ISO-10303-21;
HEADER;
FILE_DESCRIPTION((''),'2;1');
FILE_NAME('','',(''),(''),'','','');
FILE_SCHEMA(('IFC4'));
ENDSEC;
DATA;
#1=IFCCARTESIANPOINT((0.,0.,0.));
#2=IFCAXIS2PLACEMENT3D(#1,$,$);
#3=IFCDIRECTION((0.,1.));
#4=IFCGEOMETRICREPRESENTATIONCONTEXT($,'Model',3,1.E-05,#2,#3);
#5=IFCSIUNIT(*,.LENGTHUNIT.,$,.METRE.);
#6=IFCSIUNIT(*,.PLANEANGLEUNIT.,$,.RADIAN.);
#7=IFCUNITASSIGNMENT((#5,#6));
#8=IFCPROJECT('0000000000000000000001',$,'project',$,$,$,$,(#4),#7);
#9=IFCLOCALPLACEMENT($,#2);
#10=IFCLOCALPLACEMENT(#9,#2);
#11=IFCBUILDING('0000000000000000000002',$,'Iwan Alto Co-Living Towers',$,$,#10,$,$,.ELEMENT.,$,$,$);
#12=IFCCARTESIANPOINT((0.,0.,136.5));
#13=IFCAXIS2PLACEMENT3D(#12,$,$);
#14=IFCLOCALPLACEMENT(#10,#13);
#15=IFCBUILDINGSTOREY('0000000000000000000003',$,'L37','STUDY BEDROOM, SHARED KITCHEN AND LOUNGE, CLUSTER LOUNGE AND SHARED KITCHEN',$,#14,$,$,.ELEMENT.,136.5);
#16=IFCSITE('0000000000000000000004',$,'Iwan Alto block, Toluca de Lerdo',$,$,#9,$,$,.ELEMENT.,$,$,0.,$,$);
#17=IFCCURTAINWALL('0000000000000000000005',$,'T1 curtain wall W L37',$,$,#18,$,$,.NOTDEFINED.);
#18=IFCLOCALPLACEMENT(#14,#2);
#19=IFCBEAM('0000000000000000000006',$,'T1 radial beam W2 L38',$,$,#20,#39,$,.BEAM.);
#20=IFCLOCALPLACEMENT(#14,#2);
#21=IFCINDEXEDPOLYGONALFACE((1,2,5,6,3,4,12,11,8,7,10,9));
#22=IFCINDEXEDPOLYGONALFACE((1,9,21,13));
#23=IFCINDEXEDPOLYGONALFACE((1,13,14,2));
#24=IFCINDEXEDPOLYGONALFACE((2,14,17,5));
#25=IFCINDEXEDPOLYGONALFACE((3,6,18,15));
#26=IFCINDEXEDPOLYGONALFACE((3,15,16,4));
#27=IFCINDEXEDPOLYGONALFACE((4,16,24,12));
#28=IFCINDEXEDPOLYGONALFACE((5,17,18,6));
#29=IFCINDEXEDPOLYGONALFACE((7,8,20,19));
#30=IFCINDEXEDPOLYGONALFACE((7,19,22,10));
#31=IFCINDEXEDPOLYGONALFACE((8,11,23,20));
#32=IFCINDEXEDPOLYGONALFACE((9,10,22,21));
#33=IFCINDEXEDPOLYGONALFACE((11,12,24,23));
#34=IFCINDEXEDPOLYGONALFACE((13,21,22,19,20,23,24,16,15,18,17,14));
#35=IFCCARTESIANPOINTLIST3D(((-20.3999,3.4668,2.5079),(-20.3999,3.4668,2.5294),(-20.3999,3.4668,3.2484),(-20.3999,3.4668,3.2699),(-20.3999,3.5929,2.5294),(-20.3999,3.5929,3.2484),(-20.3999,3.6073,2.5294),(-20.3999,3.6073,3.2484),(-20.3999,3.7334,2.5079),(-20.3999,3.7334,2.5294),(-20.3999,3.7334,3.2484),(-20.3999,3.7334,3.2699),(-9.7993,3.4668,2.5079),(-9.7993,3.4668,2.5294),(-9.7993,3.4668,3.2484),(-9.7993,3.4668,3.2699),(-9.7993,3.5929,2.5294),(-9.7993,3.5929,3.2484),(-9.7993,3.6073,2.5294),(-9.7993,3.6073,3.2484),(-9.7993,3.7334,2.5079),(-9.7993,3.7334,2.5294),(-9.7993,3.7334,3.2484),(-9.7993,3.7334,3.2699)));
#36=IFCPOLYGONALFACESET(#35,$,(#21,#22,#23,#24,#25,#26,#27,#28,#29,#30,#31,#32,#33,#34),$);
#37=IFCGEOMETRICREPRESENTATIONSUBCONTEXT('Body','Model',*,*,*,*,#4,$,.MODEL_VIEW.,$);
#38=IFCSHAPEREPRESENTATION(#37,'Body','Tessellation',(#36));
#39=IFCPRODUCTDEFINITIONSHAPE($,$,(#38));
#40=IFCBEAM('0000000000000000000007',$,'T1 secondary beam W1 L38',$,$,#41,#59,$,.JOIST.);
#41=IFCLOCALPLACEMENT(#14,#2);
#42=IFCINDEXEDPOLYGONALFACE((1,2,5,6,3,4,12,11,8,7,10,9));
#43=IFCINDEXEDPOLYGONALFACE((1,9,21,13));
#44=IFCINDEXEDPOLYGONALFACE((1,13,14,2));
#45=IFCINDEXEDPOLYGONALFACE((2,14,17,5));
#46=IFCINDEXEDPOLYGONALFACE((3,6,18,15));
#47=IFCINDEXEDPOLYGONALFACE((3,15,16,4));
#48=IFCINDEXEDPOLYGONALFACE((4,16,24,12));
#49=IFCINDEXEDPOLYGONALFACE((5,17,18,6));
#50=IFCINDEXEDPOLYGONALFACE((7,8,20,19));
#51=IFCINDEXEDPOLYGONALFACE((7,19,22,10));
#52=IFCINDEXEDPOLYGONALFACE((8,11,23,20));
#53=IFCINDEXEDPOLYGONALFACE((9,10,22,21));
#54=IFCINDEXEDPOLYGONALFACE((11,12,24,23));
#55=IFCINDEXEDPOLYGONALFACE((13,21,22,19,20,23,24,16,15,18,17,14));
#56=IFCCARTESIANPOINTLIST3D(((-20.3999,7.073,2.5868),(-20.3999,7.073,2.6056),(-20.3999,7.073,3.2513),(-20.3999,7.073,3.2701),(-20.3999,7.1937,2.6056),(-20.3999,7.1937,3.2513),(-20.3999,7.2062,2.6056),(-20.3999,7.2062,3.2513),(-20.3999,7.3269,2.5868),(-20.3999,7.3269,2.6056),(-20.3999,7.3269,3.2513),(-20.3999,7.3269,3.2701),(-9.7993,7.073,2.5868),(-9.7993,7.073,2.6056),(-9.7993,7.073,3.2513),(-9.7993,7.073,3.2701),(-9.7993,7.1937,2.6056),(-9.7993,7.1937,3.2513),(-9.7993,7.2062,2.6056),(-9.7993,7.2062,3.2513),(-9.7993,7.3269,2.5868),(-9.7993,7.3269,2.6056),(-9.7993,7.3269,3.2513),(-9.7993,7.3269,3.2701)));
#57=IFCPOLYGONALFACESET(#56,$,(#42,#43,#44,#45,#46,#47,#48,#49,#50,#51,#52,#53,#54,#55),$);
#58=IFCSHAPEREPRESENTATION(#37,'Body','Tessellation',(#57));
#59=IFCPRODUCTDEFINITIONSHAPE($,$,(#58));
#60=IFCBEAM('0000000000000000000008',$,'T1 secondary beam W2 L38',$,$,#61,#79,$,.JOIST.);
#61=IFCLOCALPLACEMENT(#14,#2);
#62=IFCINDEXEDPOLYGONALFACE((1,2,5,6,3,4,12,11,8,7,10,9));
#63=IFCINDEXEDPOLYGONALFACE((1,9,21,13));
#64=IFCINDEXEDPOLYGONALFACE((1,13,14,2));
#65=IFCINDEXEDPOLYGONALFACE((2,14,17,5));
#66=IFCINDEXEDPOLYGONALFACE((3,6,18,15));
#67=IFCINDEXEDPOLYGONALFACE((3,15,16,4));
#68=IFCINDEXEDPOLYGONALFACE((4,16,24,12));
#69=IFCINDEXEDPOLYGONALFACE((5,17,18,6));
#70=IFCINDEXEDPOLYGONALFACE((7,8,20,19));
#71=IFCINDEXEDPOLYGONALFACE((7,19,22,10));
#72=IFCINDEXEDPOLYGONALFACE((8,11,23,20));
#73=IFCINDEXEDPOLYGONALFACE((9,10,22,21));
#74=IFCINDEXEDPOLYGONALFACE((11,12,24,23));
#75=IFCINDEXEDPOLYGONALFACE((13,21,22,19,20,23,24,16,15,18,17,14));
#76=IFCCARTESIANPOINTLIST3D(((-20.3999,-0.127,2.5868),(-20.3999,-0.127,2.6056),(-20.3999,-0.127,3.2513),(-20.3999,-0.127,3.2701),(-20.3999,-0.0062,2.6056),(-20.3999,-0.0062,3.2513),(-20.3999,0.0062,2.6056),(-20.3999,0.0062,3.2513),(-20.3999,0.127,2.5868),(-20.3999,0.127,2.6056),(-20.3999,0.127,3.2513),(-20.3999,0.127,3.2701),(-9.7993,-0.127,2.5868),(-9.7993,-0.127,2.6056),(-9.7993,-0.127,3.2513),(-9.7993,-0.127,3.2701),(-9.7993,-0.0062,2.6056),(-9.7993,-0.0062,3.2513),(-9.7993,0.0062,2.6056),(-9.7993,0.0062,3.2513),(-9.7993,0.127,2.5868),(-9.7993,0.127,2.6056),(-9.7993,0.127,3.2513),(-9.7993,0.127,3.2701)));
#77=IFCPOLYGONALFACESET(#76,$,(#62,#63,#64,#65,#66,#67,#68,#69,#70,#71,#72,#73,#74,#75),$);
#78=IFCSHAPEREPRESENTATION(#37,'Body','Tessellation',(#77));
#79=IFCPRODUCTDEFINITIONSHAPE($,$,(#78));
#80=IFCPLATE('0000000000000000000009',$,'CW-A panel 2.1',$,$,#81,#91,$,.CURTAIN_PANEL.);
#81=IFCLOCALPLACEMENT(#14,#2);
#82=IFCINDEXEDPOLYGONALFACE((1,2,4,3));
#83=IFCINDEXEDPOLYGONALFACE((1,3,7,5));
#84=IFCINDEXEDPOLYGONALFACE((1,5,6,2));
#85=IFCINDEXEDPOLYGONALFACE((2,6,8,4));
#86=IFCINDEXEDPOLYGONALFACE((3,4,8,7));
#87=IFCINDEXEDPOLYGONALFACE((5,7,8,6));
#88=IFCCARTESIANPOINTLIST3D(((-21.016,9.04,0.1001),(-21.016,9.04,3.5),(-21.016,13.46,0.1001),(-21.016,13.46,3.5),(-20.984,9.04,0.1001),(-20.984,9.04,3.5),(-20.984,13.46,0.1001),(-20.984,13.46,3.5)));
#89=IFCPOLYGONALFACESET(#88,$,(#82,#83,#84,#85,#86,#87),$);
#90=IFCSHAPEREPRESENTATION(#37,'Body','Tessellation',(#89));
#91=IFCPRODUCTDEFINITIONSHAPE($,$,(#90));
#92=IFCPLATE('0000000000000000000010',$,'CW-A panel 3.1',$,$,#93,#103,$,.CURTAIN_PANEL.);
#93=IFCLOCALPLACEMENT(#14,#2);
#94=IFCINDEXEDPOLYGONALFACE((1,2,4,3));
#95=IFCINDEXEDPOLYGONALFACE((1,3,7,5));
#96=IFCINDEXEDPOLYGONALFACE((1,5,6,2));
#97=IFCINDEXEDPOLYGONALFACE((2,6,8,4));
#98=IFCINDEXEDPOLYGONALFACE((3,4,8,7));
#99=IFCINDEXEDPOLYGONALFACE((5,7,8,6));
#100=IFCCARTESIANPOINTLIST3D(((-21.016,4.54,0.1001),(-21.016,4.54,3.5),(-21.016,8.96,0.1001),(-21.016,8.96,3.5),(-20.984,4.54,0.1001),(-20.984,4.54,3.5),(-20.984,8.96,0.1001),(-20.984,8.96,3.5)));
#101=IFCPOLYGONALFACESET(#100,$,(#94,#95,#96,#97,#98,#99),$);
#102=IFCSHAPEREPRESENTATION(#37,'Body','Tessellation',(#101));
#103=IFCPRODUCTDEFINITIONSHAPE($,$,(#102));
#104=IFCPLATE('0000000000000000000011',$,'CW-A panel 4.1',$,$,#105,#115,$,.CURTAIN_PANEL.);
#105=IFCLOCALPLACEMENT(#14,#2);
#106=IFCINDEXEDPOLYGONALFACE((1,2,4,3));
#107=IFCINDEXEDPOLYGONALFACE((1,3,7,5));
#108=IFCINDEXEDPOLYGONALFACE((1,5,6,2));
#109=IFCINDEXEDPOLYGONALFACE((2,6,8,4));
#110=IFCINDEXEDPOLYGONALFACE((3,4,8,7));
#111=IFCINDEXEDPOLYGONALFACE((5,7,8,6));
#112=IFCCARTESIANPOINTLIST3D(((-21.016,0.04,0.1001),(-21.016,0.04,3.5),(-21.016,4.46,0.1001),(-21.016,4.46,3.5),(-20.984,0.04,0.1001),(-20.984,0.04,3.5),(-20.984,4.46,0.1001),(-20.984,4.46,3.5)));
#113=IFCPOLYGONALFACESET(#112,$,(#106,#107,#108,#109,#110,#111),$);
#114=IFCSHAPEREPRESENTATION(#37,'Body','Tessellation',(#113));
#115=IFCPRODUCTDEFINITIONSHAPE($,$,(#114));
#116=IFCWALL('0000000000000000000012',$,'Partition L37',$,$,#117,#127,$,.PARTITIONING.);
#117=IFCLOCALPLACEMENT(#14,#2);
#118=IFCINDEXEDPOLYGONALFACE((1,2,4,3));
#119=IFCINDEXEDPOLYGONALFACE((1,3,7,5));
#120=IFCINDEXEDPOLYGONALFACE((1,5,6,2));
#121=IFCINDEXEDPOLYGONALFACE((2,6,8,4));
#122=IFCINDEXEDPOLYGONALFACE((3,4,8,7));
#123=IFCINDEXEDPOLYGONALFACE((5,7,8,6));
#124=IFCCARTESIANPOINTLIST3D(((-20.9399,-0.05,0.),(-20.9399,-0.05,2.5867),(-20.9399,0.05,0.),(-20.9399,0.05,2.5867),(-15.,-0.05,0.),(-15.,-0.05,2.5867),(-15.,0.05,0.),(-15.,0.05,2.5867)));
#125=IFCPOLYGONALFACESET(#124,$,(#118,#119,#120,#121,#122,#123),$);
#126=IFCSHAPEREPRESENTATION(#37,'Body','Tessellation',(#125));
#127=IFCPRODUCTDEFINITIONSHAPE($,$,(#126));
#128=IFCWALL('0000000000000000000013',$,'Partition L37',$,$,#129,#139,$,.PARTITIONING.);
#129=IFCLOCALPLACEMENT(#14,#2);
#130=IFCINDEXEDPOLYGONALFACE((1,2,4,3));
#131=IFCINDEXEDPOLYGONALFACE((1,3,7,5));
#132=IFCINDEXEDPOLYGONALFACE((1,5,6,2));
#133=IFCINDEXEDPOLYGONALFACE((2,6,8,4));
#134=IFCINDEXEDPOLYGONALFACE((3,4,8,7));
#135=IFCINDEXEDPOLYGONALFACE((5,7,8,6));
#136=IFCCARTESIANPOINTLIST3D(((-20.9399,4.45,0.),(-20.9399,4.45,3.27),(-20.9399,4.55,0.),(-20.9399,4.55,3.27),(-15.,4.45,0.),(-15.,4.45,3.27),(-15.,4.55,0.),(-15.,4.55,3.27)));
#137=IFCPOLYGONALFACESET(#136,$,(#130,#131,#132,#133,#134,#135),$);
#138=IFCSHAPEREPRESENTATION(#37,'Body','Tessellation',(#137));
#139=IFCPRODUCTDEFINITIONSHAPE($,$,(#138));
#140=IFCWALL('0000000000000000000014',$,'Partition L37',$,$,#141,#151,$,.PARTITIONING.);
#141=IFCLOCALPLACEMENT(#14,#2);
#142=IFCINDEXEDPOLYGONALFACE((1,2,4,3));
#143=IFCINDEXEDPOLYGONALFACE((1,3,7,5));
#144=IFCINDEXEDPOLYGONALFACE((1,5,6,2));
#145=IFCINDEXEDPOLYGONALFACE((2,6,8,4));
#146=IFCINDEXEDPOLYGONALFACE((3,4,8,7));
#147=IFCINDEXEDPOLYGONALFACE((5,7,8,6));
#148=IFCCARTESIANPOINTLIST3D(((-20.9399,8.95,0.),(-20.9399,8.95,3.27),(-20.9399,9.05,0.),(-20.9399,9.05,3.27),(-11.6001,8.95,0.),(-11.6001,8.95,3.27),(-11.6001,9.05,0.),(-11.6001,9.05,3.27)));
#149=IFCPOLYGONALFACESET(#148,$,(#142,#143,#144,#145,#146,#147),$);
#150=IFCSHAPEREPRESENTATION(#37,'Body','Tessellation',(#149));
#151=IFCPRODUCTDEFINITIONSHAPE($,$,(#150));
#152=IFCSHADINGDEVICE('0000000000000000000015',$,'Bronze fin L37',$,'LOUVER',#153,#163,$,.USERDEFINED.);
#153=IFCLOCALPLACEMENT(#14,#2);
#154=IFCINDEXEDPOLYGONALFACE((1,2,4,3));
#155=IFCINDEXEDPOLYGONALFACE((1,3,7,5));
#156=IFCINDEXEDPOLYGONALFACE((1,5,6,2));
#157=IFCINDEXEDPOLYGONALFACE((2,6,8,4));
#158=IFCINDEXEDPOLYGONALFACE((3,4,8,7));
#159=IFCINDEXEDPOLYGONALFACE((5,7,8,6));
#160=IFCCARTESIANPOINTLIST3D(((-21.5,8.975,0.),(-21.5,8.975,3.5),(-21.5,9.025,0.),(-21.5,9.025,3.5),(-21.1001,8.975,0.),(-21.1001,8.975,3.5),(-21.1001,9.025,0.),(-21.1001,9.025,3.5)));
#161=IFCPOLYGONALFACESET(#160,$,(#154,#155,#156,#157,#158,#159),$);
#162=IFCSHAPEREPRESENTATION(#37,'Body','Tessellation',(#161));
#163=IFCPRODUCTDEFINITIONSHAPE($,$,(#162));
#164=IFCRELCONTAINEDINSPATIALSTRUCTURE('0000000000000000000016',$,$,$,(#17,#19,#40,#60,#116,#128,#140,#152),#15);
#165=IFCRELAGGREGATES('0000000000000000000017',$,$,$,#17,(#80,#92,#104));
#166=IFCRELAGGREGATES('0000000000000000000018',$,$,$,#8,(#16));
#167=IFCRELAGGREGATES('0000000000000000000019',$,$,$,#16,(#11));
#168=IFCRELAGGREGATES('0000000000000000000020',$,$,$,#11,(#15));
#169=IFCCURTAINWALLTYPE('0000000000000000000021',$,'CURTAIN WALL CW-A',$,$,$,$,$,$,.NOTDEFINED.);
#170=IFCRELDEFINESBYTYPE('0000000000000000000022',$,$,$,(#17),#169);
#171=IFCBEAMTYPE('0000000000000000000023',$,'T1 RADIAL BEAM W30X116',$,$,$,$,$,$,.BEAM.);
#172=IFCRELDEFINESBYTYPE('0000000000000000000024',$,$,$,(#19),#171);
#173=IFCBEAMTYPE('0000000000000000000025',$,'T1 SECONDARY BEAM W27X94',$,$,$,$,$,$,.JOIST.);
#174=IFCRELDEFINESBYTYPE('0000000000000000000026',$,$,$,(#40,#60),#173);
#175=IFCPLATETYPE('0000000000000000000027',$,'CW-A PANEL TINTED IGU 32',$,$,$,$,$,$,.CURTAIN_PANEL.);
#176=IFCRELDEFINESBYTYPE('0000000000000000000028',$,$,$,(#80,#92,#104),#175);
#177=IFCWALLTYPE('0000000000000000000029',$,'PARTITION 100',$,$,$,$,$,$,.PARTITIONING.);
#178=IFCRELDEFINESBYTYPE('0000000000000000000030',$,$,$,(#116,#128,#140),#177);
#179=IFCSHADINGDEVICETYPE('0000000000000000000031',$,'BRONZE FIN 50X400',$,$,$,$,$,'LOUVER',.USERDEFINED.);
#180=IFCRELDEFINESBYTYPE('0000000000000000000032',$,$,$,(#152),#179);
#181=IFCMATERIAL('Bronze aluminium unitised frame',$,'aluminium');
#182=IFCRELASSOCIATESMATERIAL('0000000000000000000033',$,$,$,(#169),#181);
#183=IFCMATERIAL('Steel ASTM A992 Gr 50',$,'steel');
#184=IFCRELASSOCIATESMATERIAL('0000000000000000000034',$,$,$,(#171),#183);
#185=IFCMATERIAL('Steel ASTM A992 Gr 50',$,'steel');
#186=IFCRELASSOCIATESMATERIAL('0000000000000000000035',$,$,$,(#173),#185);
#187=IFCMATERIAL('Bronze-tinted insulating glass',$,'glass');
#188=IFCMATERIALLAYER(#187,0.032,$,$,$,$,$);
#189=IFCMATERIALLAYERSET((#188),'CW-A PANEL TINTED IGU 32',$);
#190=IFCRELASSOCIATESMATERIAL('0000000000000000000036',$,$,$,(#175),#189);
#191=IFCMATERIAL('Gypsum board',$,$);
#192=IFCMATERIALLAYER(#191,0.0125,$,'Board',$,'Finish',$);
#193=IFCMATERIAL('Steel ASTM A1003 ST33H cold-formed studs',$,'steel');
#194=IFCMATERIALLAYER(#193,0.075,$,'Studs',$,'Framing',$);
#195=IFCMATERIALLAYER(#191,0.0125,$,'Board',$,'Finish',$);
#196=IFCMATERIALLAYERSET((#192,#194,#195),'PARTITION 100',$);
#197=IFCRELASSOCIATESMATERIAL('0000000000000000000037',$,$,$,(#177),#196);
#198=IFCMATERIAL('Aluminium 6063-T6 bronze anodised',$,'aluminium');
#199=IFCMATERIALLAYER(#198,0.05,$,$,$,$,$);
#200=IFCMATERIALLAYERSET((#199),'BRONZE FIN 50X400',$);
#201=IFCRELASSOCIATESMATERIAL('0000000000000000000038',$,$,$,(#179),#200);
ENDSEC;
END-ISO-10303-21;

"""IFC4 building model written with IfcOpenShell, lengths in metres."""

from ifc_helpers import new_model, si_unit, direction, frame, frame_2d, origin, origin_2d, place, context, subcontext, project, spatial, rectangle, i_section, extrude, material, layer, layer_set, material_profile, profile_set, type_object, element, aggregate, save


model = new_model("IFC4")

# Units and contexts
model_context = context("Model", 3, precision=1e-05, world=origin(), true_north=direction((0.0, 1.0)))
body_context = subcontext(model_context, "Body", "Model", "MODEL_VIEW")
ifc_project = project(units=[si_unit("LENGTHUNIT", "METRE"), si_unit("PLANEANGLEUNIT", "RADIAN")], contexts=[model_context])

# Site, building, storey
site_placement = place(None, origin())
site = spatial("IfcSite", under=ifc_project, at=site_placement, Name="Iwan Alto block, Toluca de Lerdo", CompositionType="ELEMENT", RefElevation=0.0)
building_placement = place(site_placement, origin())
building = spatial("IfcBuilding", under=site, at=building_placement, Name="Iwan Alto Co-Living Towers", CompositionType="ELEMENT")
storey_placement = place(building_placement, frame((0.0, 0.0, 136.5)))
storey = spatial("IfcBuildingStorey", under=building, at=storey_placement, Name="L37", Description="STUDY BEDROOM, SHARED KITCHEN AND LOUNGE, CLUSTER LOUNGE AND SHARED KITCHEN", CompositionType="ELEMENT", Elevation=136.5)

# Curtain wall
ifc_material_1 = material(Name="Bronze aluminium unitised frame", Category="aluminium")
curtain_wall_type = type_object("IfcCurtainWallType", Name="CURTAIN WALL CW-A", PredefinedType="NOTDEFINED", material=ifc_material_1)
curtain_wall_placement = place(storey_placement, origin())
curtain_wall = element("IfcCurtainWall", 1, at=curtain_wall_placement, inside=storey, type_object=curtain_wall_type, Name="T1 curtain wall W L37", PredefinedType="NOTDEFINED")

# Beams
ifc_material_2 = material(Name="Steel ASTM A992 Gr 50", Category="steel")
ifc_material_profile_1 = material_profile(ifc_material_2, i_section(OverallWidth=0.2666, OverallDepth=0.762, WebThickness=0.0144, FlangeThickness=0.0215, at=origin_2d()), Name="W30X116")
ifc_profile_set_1 = profile_set([ifc_material_profile_1], Name="Steel ASTM A992 Gr 50")
beam_type_1 = type_object("IfcBeamType", Name="T1 RADIAL BEAM W30X116", PredefinedType="BEAM", material=ifc_profile_set_1)
beam_1_placement = place(storey_placement, frame((-20.3999, 3.6001, 2.8889), z_axis=(1.0, 0.0, 0.0), x_axis=(0.0, 1.0, 0.0)))
element("IfcBeam", 2, at=beam_1_placement, inside=storey, type_object=beam_type_1, Name="T1 radial beam W2 L38", PredefinedType="BEAM", context=body_context, shape_type="SweptSolid", body=[
    extrude(i_section(OverallWidth=0.2666, OverallDepth=0.762, WebThickness=0.0144, FlangeThickness=0.0215, at=origin_2d()), origin(), (0.0, 0.0, 1.0), 10.6006),
])
ifc_material_3 = material(Name="Steel ASTM A992 Gr 50", Category="steel")
ifc_material_profile_2 = material_profile(ifc_material_3, i_section(OverallWidth=0.2539, OverallDepth=0.6833, WebThickness=0.0125, FlangeThickness=0.0188, at=origin_2d()), Name="W27X94")
ifc_profile_set_2 = profile_set([ifc_material_profile_2], Name="Steel ASTM A992 Gr 50")
beam_type_2 = type_object("IfcBeamType", Name="T1 SECONDARY BEAM W27X94", PredefinedType="JOIST", material=ifc_profile_set_2)
for number, where, z_axis, x_axis, name in (
    (3, (-20.3999, 7.2, 2.9285), (1.0, 0.0, 0.0), (0.0, 1.0, 0.0), "T1 secondary beam W1 L38"),
    (4, (-20.3999, 0.0, 2.9285), (1.0, 0.0, 0.0), (0.0, 1.0, 0.0), "T1 secondary beam W2 L38"),
):
    element("IfcBeam", number, at=place(storey_placement, frame(where, z_axis=z_axis, x_axis=x_axis)), inside=storey, type_object=beam_type_2, Name=name, PredefinedType="JOIST", context=body_context, shape_type="SweptSolid", body=[
        extrude(i_section(OverallWidth=0.2539, OverallDepth=0.6833, WebThickness=0.0125, FlangeThickness=0.0188, at=origin_2d()), origin(), (0.0, 0.0, 1.0), 10.6006),
    ])

# Plates
ifc_material_4 = material(Name="Bronze-tinted insulating glass", Category="glass")
ifc_layer_1 = layer(ifc_material_4, 0.032)
ifc_layer_set_1 = layer_set([ifc_layer_1], Name="CW-A PANEL TINTED IGU 32")
plate_type = type_object("IfcPlateType", Name="CW-A PANEL TINTED IGU 32", PredefinedType="CURTAIN_PANEL", material=ifc_layer_set_1)
plate_1_placement = place(storey_placement, frame((-21.0, 11.25, 0.1001), z_axis=(0.0, 0.0, 1.0), x_axis=(0.0, -1.0, 0.0)))
plate_1 = element("IfcPlate", 5, at=plate_1_placement, type_object=plate_type, Name="CW-A panel 2.1", PredefinedType="CURTAIN_PANEL", context=body_context, shape_type="SweptSolid", body=[
    extrude(rectangle(XDim=4.4199, YDim=0.032, at=origin_2d()), origin(), (0.0, 0.0, 1.0), 3.3999),
])
plate_2_placement = place(storey_placement, frame((-21.0, 6.75, 0.1001), z_axis=(0.0, 0.0, 1.0), x_axis=(0.0, -1.0, 0.0)))
plate_2 = element("IfcPlate", 6, at=plate_2_placement, type_object=plate_type, Name="CW-A panel 3.1", PredefinedType="CURTAIN_PANEL", context=body_context, shape_type="SweptSolid", body=[
    extrude(rectangle(XDim=4.4199, YDim=0.032, at=origin_2d()), origin(), (0.0, 0.0, 1.0), 3.3999),
])
plate_3_placement = place(storey_placement, frame((-21.0, 2.25, 0.1001), z_axis=(0.0, 0.0, 1.0), x_axis=(0.0, -1.0, 0.0)))
plate_3 = element("IfcPlate", 7, at=plate_3_placement, type_object=plate_type, Name="CW-A panel 4.1", PredefinedType="CURTAIN_PANEL", context=body_context, shape_type="SweptSolid", body=[
    extrude(rectangle(XDim=4.4199, YDim=0.032, at=origin_2d()), origin(), (0.0, 0.0, 1.0), 3.3999),
])
aggregate(curtain_wall, [plate_1, plate_2, plate_3])

# Walls
ifc_material_5 = material(Name="Gypsum board")
ifc_layer_2 = layer(ifc_material_5, 0.0125, Name="Board", Category="Finish")
ifc_material_6 = material(Name="Steel ASTM A1003 ST33H cold-formed studs", Category="steel")
ifc_layer_3 = layer(ifc_material_6, 0.075, Name="Studs", Category="Framing")
ifc_layer_4 = layer(ifc_material_5, 0.0125, Name="Board", Category="Finish")
ifc_layer_set_2 = layer_set([ifc_layer_2, ifc_layer_3, ifc_layer_4], Name="PARTITION 100")
wall_type = type_object("IfcWallType", Name="PARTITION 100", PredefinedType="PARTITIONING", material=ifc_layer_set_2)
wall_1_placement = place(storey_placement, frame((-20.9399, 0.0, 0.0), z_axis=(0.0, 0.0, 1.0), x_axis=(1.0, 0.0, 0.0)))
element("IfcWall", 8, at=wall_1_placement, inside=storey, type_object=wall_type, Name="Partition L37", PredefinedType="PARTITIONING", context=body_context, shape_type="SweptSolid", body=[
    extrude(rectangle(XDim=5.9399, YDim=0.1001, at=frame_2d((2.97, 0.0))), origin(), (0.0, 0.0, 1.0), 2.5867),
])
wall_2_placement = place(storey_placement, frame((-20.9399, 4.5, 0.0), z_axis=(0.0, 0.0, 1.0), x_axis=(1.0, 0.0, 0.0)))
element("IfcWall", 9, at=wall_2_placement, inside=storey, type_object=wall_type, Name="Partition L37", PredefinedType="PARTITIONING", context=body_context, shape_type="SweptSolid", body=[
    extrude(rectangle(XDim=5.9399, YDim=0.1001, at=frame_2d((2.97, 0.0))), origin(), (0.0, 0.0, 1.0), 3.27),
])
wall_3_placement = place(storey_placement, frame((-20.9399, 9.0, 0.0), z_axis=(0.0, 0.0, 1.0), x_axis=(1.0, 0.0, 0.0)))
element("IfcWall", 10, at=wall_3_placement, inside=storey, type_object=wall_type, Name="Partition L37", PredefinedType="PARTITIONING", context=body_context, shape_type="SweptSolid", body=[
    extrude(rectangle(XDim=9.3398, YDim=0.1001, at=frame_2d((4.6699, 0.0))), origin(), (0.0, 0.0, 1.0), 3.27),
])

# Shading device
ifc_material_7 = material(Name="Aluminium 6063-T6 bronze anodised", Category="aluminium")
ifc_layer_5 = layer(ifc_material_7, 0.05)
ifc_layer_set_3 = layer_set([ifc_layer_5], Name="BRONZE FIN 50X400")
shading_device_type = type_object("IfcShadingDeviceType", Name="BRONZE FIN 50X400", ElementType="LOUVER", PredefinedType="USERDEFINED", material=ifc_layer_set_3)
shading_device_placement = place(storey_placement, frame((-21.3, 9.0, 0.0), z_axis=(0.0, 0.0, 1.0), x_axis=(0.0, -1.0, 0.0)))
element("IfcShadingDevice", 11, at=shading_device_placement, inside=storey, type_object=shading_device_type, Name="Bronze fin L37", ObjectType="LOUVER", PredefinedType="USERDEFINED", context=body_context, shape_type="SweptSolid", body=[
    extrude(rectangle(XDim=0.05, YDim=0.3999, at=origin_2d()), origin(), (0.0, 0.0, 1.0), 3.5),
])

save(model, "model.ifc")
